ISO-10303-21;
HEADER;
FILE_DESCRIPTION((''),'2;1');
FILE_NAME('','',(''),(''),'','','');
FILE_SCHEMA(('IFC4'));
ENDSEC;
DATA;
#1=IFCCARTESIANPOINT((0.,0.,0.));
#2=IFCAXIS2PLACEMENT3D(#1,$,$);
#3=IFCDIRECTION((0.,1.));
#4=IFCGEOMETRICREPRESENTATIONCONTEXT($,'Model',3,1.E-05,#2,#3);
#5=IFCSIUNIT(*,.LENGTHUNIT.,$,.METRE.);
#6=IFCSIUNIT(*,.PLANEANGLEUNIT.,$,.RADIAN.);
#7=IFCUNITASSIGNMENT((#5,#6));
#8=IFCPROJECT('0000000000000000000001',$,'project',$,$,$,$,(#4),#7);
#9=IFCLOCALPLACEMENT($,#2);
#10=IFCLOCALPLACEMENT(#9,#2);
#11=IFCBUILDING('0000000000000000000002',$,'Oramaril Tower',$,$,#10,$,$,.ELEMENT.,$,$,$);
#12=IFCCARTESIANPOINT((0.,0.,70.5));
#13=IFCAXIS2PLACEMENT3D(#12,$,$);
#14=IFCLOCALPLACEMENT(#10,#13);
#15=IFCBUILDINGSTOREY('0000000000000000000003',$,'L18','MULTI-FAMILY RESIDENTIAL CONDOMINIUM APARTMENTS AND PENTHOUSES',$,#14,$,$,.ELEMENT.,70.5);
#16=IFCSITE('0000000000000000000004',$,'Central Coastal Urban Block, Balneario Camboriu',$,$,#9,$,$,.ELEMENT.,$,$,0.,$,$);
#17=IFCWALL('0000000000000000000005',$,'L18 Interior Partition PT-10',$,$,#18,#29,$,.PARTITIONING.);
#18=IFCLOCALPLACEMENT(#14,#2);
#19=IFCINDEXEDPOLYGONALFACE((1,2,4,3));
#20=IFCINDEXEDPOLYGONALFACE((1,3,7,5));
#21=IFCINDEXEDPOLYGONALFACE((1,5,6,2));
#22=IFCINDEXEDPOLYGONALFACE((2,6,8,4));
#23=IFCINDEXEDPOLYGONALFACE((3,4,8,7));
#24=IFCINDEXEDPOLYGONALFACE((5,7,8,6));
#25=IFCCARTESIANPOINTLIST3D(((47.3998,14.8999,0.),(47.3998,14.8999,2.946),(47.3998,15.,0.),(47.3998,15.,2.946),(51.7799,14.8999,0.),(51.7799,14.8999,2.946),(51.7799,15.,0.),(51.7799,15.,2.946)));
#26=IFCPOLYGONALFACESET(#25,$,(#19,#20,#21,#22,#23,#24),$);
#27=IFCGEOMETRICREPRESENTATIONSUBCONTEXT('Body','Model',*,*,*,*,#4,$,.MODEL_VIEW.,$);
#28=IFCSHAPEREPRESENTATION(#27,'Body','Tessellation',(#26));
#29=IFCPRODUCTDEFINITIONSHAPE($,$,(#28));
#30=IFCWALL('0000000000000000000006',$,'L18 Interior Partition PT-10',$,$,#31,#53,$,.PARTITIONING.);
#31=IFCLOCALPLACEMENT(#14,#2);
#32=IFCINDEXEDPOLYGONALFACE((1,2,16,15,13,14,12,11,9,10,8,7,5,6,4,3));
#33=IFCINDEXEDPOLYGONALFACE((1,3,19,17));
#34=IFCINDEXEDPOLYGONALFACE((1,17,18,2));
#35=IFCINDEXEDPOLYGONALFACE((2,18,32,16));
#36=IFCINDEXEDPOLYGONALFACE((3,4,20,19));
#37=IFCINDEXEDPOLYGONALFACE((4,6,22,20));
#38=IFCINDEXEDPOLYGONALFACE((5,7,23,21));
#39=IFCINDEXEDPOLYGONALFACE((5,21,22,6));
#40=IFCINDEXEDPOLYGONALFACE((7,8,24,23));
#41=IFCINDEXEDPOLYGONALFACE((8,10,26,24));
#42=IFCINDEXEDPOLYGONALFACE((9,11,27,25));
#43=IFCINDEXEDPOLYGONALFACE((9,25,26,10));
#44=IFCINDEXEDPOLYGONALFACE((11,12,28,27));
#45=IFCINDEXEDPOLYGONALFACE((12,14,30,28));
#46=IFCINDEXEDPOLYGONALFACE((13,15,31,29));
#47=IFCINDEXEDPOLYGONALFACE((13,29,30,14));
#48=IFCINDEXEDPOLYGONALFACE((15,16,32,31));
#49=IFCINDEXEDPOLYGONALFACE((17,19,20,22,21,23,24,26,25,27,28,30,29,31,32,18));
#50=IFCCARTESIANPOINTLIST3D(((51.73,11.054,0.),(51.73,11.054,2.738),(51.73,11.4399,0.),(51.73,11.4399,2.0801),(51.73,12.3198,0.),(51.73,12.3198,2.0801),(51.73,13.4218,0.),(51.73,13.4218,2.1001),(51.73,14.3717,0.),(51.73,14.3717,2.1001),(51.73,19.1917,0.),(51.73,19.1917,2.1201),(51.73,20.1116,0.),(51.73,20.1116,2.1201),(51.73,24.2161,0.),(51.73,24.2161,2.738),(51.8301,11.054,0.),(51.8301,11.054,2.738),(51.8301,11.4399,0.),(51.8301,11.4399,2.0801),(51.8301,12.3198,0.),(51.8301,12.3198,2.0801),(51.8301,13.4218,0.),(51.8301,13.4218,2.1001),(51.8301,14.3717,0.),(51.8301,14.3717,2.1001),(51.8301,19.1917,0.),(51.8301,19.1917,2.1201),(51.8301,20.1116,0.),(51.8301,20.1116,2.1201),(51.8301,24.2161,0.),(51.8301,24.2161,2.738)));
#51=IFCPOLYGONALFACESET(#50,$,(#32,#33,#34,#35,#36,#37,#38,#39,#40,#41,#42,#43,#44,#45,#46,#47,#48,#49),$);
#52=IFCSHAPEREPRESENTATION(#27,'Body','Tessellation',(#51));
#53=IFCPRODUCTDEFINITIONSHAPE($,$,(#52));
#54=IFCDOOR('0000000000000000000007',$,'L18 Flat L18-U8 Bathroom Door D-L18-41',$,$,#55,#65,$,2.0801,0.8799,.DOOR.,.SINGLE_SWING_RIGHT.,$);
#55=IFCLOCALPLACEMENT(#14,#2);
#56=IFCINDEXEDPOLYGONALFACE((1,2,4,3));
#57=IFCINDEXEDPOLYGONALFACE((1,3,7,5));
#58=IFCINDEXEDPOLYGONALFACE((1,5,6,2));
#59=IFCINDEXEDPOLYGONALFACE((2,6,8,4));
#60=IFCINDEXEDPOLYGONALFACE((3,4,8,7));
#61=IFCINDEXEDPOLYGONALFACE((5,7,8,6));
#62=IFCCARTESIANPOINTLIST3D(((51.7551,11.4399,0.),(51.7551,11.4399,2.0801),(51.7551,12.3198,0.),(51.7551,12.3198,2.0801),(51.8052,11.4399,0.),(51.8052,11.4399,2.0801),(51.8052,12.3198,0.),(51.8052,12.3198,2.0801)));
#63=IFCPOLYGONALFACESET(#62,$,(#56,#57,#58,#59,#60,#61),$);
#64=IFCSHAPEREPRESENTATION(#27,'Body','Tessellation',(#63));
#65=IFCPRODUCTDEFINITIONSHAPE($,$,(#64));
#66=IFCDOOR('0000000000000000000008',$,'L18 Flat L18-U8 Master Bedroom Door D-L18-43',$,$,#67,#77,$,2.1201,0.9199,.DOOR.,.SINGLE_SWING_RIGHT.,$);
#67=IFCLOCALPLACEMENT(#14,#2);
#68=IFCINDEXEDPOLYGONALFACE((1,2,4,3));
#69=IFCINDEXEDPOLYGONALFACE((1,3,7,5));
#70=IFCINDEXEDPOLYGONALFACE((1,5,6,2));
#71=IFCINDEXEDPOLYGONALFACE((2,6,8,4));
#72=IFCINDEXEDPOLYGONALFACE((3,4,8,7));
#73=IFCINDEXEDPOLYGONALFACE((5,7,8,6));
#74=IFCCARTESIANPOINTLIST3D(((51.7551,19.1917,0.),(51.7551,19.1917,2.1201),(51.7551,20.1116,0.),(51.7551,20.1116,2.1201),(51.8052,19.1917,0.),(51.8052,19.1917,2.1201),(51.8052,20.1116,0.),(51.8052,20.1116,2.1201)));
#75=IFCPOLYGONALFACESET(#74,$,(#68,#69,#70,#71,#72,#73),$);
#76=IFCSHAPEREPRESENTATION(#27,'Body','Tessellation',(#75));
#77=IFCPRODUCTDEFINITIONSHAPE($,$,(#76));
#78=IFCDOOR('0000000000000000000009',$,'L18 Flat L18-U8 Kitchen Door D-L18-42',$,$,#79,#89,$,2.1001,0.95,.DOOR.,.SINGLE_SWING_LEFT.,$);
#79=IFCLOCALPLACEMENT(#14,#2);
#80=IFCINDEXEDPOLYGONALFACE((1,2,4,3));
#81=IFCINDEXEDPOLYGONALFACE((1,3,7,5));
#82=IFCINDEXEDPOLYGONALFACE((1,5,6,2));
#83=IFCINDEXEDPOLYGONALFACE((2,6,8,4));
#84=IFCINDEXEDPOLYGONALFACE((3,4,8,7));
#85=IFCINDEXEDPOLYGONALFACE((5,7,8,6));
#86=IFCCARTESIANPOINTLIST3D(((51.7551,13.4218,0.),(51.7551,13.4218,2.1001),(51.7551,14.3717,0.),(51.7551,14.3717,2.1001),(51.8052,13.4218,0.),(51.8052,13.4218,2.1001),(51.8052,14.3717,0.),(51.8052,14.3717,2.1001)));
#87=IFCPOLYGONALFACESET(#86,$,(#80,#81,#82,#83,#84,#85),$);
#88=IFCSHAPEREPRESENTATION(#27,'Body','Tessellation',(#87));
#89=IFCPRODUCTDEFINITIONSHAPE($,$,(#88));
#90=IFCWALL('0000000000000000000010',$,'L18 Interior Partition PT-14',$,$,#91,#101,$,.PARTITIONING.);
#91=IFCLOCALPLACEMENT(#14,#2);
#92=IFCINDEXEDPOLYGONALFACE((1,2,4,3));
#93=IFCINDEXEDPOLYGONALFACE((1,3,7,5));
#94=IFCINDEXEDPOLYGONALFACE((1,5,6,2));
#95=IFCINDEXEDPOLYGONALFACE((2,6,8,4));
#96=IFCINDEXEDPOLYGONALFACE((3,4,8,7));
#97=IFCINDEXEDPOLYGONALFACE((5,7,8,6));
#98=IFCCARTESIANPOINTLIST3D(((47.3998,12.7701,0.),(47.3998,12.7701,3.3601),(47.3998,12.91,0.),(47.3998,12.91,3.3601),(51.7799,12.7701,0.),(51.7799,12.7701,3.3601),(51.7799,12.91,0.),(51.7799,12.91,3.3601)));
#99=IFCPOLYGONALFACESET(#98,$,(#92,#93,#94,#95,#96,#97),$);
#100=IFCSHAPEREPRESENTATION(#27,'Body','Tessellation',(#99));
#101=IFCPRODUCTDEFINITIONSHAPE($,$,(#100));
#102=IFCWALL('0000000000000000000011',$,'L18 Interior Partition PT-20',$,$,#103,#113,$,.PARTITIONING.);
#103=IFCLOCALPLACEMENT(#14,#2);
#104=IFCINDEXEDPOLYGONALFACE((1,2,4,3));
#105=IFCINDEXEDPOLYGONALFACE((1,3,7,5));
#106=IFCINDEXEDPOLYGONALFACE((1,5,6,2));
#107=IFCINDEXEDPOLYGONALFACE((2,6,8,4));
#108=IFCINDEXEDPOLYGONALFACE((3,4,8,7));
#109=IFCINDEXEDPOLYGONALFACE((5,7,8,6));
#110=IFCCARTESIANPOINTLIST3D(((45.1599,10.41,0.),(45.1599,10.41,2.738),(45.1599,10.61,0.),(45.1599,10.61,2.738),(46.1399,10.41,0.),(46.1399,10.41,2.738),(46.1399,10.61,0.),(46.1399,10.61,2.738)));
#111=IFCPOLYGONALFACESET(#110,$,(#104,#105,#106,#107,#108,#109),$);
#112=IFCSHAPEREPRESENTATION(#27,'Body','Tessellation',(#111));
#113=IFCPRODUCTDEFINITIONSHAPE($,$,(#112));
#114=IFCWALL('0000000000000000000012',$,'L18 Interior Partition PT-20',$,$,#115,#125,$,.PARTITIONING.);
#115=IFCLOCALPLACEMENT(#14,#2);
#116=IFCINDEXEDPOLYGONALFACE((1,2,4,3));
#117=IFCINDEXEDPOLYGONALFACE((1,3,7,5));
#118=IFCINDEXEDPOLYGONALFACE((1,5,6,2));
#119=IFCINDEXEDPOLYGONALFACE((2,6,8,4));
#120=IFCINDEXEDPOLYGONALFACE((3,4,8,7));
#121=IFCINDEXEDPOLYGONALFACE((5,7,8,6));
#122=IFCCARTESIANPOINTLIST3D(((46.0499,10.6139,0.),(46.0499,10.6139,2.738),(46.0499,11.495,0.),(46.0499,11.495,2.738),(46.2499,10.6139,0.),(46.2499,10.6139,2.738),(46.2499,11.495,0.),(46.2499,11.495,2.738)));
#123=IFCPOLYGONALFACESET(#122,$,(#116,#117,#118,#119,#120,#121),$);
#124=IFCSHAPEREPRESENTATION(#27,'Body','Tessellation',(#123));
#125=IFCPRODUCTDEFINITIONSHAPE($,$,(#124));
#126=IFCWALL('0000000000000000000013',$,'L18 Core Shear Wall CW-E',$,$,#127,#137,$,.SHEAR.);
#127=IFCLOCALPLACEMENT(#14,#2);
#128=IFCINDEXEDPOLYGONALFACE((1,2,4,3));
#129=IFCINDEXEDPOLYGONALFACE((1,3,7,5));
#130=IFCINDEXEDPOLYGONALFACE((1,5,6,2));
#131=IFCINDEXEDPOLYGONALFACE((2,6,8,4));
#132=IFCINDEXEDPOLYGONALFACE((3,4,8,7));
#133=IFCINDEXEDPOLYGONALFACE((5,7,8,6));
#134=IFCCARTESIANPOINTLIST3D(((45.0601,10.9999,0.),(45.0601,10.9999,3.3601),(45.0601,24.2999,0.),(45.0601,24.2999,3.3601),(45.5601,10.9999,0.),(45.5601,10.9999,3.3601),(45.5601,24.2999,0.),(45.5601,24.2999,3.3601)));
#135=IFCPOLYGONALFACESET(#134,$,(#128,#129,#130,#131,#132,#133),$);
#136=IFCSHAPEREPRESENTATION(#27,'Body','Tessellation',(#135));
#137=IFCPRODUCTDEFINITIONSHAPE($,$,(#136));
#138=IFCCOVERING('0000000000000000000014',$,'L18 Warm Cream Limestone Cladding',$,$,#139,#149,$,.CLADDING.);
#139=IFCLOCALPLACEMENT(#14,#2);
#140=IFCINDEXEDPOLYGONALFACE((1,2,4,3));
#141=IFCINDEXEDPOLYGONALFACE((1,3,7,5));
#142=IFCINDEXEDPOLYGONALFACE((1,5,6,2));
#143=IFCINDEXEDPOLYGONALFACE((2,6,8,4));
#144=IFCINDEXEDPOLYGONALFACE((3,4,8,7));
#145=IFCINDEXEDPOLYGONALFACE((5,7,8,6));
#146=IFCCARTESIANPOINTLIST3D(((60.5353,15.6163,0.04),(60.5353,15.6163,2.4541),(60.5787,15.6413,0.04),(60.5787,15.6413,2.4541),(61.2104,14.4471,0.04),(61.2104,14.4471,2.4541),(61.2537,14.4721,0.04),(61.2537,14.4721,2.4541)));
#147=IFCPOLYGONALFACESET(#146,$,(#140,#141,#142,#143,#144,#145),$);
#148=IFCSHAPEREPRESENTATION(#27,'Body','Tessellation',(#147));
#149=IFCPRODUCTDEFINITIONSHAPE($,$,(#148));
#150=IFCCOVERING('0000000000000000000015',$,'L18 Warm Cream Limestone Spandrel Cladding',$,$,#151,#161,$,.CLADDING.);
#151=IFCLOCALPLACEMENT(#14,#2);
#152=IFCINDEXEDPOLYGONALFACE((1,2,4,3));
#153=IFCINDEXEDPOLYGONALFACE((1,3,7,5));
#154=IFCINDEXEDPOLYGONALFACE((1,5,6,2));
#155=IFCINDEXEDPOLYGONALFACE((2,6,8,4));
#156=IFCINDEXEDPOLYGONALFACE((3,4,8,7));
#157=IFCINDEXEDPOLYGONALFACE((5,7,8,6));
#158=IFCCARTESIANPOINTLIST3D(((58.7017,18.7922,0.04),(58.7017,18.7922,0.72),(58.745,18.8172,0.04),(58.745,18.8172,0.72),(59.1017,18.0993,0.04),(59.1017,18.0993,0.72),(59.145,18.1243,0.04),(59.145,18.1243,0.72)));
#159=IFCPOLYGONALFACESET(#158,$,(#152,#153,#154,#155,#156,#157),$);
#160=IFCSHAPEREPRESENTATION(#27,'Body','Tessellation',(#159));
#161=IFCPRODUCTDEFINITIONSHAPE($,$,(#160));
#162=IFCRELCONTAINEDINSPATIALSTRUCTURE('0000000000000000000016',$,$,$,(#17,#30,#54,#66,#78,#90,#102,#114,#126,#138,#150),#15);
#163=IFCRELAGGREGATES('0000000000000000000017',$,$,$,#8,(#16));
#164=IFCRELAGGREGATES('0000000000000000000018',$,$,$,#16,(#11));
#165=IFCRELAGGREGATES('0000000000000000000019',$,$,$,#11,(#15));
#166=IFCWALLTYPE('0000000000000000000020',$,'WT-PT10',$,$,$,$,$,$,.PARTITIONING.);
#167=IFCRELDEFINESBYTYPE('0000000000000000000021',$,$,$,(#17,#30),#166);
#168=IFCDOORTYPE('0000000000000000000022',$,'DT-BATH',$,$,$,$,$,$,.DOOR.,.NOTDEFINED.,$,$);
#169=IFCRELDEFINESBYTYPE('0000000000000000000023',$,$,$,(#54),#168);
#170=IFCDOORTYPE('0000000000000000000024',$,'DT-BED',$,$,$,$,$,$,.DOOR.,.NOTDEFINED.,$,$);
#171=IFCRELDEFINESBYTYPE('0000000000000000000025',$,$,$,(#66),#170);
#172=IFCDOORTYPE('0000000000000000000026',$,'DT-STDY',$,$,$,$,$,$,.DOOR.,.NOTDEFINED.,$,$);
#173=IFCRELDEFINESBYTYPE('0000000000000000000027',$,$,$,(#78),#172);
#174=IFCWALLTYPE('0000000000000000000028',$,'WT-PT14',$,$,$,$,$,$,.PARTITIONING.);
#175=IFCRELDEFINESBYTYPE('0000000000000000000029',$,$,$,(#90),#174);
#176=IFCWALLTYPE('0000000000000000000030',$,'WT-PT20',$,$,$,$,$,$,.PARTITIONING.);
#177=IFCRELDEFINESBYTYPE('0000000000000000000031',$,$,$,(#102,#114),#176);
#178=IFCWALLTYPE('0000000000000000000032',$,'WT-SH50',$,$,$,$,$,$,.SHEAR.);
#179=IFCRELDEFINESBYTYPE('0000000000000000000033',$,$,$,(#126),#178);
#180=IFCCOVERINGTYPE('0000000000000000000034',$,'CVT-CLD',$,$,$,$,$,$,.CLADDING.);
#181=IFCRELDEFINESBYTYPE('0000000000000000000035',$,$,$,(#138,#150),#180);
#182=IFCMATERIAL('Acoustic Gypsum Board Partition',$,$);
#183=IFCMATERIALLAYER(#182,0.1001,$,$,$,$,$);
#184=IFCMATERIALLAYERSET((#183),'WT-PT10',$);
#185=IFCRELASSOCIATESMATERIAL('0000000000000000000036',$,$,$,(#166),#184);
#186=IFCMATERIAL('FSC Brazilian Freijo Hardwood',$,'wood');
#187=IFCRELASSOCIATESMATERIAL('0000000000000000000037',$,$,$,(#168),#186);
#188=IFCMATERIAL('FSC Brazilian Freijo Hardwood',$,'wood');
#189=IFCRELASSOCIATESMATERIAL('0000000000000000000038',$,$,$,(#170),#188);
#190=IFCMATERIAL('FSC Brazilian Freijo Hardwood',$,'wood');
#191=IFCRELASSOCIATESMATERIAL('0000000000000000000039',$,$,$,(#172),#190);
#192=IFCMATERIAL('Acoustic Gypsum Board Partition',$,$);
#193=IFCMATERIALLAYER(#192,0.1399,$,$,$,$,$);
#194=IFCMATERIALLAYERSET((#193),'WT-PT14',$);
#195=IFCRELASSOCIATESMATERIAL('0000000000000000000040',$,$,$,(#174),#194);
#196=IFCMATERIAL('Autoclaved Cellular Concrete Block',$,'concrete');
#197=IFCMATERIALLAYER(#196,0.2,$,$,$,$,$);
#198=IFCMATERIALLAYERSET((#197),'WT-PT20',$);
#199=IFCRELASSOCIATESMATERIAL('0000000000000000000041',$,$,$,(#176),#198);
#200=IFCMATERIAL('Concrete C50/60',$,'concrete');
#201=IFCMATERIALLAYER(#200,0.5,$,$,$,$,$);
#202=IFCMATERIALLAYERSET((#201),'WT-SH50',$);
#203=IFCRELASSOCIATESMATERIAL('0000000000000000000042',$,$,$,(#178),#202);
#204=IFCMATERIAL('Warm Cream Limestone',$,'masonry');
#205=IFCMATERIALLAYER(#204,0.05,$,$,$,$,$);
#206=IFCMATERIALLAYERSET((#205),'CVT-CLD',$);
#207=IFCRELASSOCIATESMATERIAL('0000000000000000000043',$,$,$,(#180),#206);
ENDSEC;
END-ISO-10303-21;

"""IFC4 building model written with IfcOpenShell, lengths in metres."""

from ifc_helpers import new_model, si_unit, direction, frame, frame_2d, origin, origin_2d, place, context, subcontext, project, spatial, rectangle, extrude, material, layer, layer_set, type_object, element, fill, save


model = new_model("IFC4")

# Units and contexts
model_context = context("Model", 3, precision=1e-05, world=origin(), true_north=direction((0.0, 1.0)))
body_context = subcontext(model_context, "Body", "Model", "MODEL_VIEW")
ifc_project = project(units=[si_unit("LENGTHUNIT", "METRE"), si_unit("PLANEANGLEUNIT", "RADIAN")], contexts=[model_context])

# Site, building, storey
site_placement = place(None, origin())
site = spatial("IfcSite", under=ifc_project, at=site_placement, Name="Central Coastal Urban Block, Balneario Camboriu", CompositionType="ELEMENT", RefElevation=0.0)
building_placement = place(site_placement, origin())
building = spatial("IfcBuilding", under=site, at=building_placement, Name="Oramaril Tower", CompositionType="ELEMENT")
storey_placement = place(building_placement, frame((0.0, 0.0, 70.5)))
storey = spatial("IfcBuildingStorey", under=building, at=storey_placement, Name="L18", Description="MULTI-FAMILY RESIDENTIAL CONDOMINIUM APARTMENTS AND PENTHOUSES", CompositionType="ELEMENT", Elevation=70.5)

# Wall
ifc_material_1 = material(Name="Acoustic Gypsum Board Partition")
ifc_layer_1 = layer(ifc_material_1, 0.1001)
ifc_layer_set_1 = layer_set([ifc_layer_1], Name="WT-PT10")
wall_type_1 = type_object("IfcWallType", Name="WT-PT10", PredefinedType="PARTITIONING", material=ifc_layer_set_1)
wall_1_placement = place(storey_placement, frame((47.3999, 14.95, 0.0), z_axis=(0.0, 0.0, 1.0), x_axis=(1.0, 0.0, 0.0)))
element("IfcWall", 1, at=wall_1_placement, inside=storey, type_object=wall_type_1, Name="L18 Interior Partition PT-10", PredefinedType="PARTITIONING", context=body_context, shape_type="SweptSolid", body=[
    extrude(rectangle(XDim=4.3801, YDim=0.1001, at=frame_2d((2.1899, 0.0))), origin(), (0.0, 0.0, 1.0), 2.946),
])

# Wall, openings, doors
wall_2_placement = place(storey_placement, frame((51.78, 11.054, 0.0), z_axis=(0.0, 0.0, 1.0), x_axis=(0.0, 1.0, 0.0)))
wall_2 = element("IfcWall", 2, at=wall_2_placement, inside=storey, type_object=wall_type_1, Name="L18 Interior Partition PT-10", PredefinedType="PARTITIONING", context=body_context, shape_type="SweptSolid", body=[
    extrude(rectangle(XDim=13.1621, YDim=0.1001, at=frame_2d((6.5811, 0.0))), origin(), (0.0, 0.0, 1.0), 2.738),
])
opening_1_placement = place(wall_2_placement, frame((0.386, 0.0, 0.0)))
opening_1 = element("IfcOpeningElement", 3, at=opening_1_placement, cuts=wall_2, PredefinedType="OPENING", context=body_context, shape_type="SweptSolid", body=[
    extrude(rectangle(XDim=0.8799, YDim=2.0801, at=frame_2d((0.4399, 1.04))), frame((0.0, 0.05, 0.0), z_axis=(0.0, -1.0, 0.0), x_axis=(1.0, 0.0, 0.0)), (0.0, 0.0, 1.0), 0.1001),
])
opening_2_placement = place(wall_2_placement, frame((2.3677, 0.0, 0.0)))
opening_2 = element("IfcOpeningElement", 4, at=opening_2_placement, cuts=wall_2, PredefinedType="OPENING", context=body_context, shape_type="SweptSolid", body=[
    extrude(rectangle(XDim=0.95, YDim=2.1001, at=frame_2d((0.4751, 1.05))), frame((0.0, 0.05, 0.0), z_axis=(0.0, -1.0, 0.0), x_axis=(1.0, 0.0, 0.0)), (0.0, 0.0, 1.0), 0.1001),
])
opening_3_placement = place(wall_2_placement, frame((8.1377, 0.0, 0.0)))
opening_3 = element("IfcOpeningElement", 5, at=opening_3_placement, cuts=wall_2, PredefinedType="OPENING", context=body_context, shape_type="SweptSolid", body=[
    extrude(rectangle(XDim=0.9199, YDim=2.1201, at=frame_2d((0.46, 1.0601))), frame((0.0, 0.05, 0.0), z_axis=(0.0, -1.0, 0.0), x_axis=(1.0, 0.0, 0.0)), (0.0, 0.0, 1.0), 0.1001),
])
ifc_material_2 = material(Name="FSC Brazilian Freijo Hardwood", Category="wood")
door_type_1 = type_object("IfcDoorType", Name="DT-BATH", OperationType="NOTDEFINED", PredefinedType="DOOR", material=ifc_material_2)
door_1_placement = place(opening_1_placement, origin())
door_1 = element("IfcDoor", 6, at=door_1_placement, inside=storey, type_object=door_type_1, Name="L18 Flat L18-U8 Bathroom Door D-L18-41", OperationType="SINGLE_SWING_RIGHT", OverallHeight=2.0801, OverallWidth=0.8799, PredefinedType="DOOR", context=body_context, shape_type="SweptSolid", body=[
    extrude(rectangle(XDim=0.8799, YDim=2.0801, at=frame_2d((0.4399, 1.04))), frame((0.0, 0.0249, 0.0), z_axis=(0.0, -1.0, 0.0), x_axis=(1.0, 0.0, 0.0)), (0.0, 0.0, 1.0), 0.05),
])
fill(opening_1, door_1)
ifc_material_3 = material(Name="FSC Brazilian Freijo Hardwood", Category="wood")
door_type_2 = type_object("IfcDoorType", Name="DT-BED", OperationType="NOTDEFINED", PredefinedType="DOOR", material=ifc_material_3)
door_2_placement = place(opening_3_placement, origin())
door_2 = element("IfcDoor", 7, at=door_2_placement, inside=storey, type_object=door_type_2, Name="L18 Flat L18-U8 Master Bedroom Door D-L18-43", OperationType="SINGLE_SWING_RIGHT", OverallHeight=2.1201, OverallWidth=0.9199, PredefinedType="DOOR", context=body_context, shape_type="SweptSolid", body=[
    extrude(rectangle(XDim=0.9199, YDim=2.1201, at=frame_2d((0.46, 1.0601))), frame((0.0, 0.0249, 0.0), z_axis=(0.0, -1.0, 0.0), x_axis=(1.0, 0.0, 0.0)), (0.0, 0.0, 1.0), 0.05),
])
fill(opening_3, door_2)
ifc_material_4 = material(Name="FSC Brazilian Freijo Hardwood", Category="wood")
door_type_3 = type_object("IfcDoorType", Name="DT-STDY", OperationType="NOTDEFINED", PredefinedType="DOOR", material=ifc_material_4)
door_3_placement = place(opening_2_placement, origin())
door_3 = element("IfcDoor", 8, at=door_3_placement, inside=storey, type_object=door_type_3, Name="L18 Flat L18-U8 Kitchen Door D-L18-42", OperationType="SINGLE_SWING_LEFT", OverallHeight=2.1001, OverallWidth=0.95, PredefinedType="DOOR", context=body_context, shape_type="SweptSolid", body=[
    extrude(rectangle(XDim=0.95, YDim=2.1001, at=frame_2d((0.4751, 1.05))), frame((0.0, 0.0249, 0.0), z_axis=(0.0, -1.0, 0.0), x_axis=(1.0, 0.0, 0.0)), (0.0, 0.0, 1.0), 0.05),
])
fill(opening_2, door_3)

# Walls
ifc_material_5 = material(Name="Acoustic Gypsum Board Partition")
ifc_layer_2 = layer(ifc_material_5, 0.1399)
ifc_layer_set_2 = layer_set([ifc_layer_2], Name="WT-PT14")
wall_type_2 = type_object("IfcWallType", Name="WT-PT14", PredefinedType="PARTITIONING", material=ifc_layer_set_2)
wall_3_placement = place(storey_placement, frame((47.3999, 12.8401, 0.0), z_axis=(0.0, 0.0, 1.0), x_axis=(1.0, 0.0, 0.0)))
element("IfcWall", 9, at=wall_3_placement, inside=storey, type_object=wall_type_2, Name="L18 Interior Partition PT-14", PredefinedType="PARTITIONING", context=body_context, shape_type="SweptSolid", body=[
    extrude(rectangle(XDim=4.3801, YDim=0.1399, at=frame_2d((2.1899, 0.0))), origin(), (0.0, 0.0, 1.0), 3.3601),
])
ifc_material_6 = material(Name="Autoclaved Cellular Concrete Block", Category="concrete")
ifc_layer_3 = layer(ifc_material_6, 0.2)
ifc_layer_set_3 = layer_set([ifc_layer_3], Name="WT-PT20")
wall_type_3 = type_object("IfcWallType", Name="WT-PT20", PredefinedType="PARTITIONING", material=ifc_layer_set_3)
wall_4_placement = place(storey_placement, frame((45.1599, 10.51, 0.0), z_axis=(0.0, 0.0, 1.0), x_axis=(1.0, 0.0, 0.0)))
element("IfcWall", 10, at=wall_4_placement, inside=storey, type_object=wall_type_3, Name="L18 Interior Partition PT-20", PredefinedType="PARTITIONING", context=body_context, shape_type="SweptSolid", body=[
    extrude(rectangle(XDim=0.98, YDim=0.2, at=frame_2d((0.49, 0.0))), origin(), (0.0, 0.0, 1.0), 2.738),
])

# Wall
wall_5_placement = place(storey_placement, frame((46.1499, 10.614, 0.0), z_axis=(0.0, 0.0, 1.0), x_axis=(0.0, 1.0, 0.0)))
element("IfcWall", 11, at=wall_5_placement, inside=storey, type_object=wall_type_3, Name="L18 Interior Partition PT-20", PredefinedType="PARTITIONING", context=body_context, shape_type="SweptSolid", body=[
    extrude(rectangle(XDim=0.8811, YDim=0.2, at=frame_2d((0.4404, 0.0))), origin(), (0.0, 0.0, 1.0), 2.738),
])

# Wall
ifc_material_7 = material(Name="Concrete C50/60", Category="concrete")
ifc_layer_4 = layer(ifc_material_7, 0.5)
ifc_layer_set_4 = layer_set([ifc_layer_4], Name="WT-SH50")
wall_type_4 = type_object("IfcWallType", Name="WT-SH50", PredefinedType="SHEAR", material=ifc_layer_set_4)
wall_6_placement = place(storey_placement, frame((45.3101, 11.0, 0.0), z_axis=(0.0, 0.0, 1.0), x_axis=(0.0, 1.0, 0.0)))
element("IfcWall", 12, at=wall_6_placement, inside=storey, type_object=wall_type_4, Name="L18 Core Shear Wall CW-E", PredefinedType="SHEAR", context=body_context, shape_type="SweptSolid", body=[
    extrude(rectangle(XDim=13.3, YDim=0.5, at=frame_2d((6.6499, 0.0))), origin(), (0.0, 0.0, 1.0), 3.3601),
])

# Coverings
ifc_material_8 = material(Name="Warm Cream Limestone", Category="masonry")
ifc_layer_5 = layer(ifc_material_8, 0.05)
ifc_layer_set_5 = layer_set([ifc_layer_5], Name="CVT-CLD")
covering_type = type_object("IfcCoveringType", Name="CVT-CLD", PredefinedType="CLADDING", material=ifc_layer_set_5)
covering_1_placement = place(storey_placement, frame((60.8945, 15.0442, 0.04), z_axis=(0.0, 0.0, 1.0), x_axis=(-0.5, 0.866025, 0.0)))
element("IfcCovering", 13, at=covering_1_placement, inside=storey, type_object=covering_type, Name="L18 Warm Cream Limestone Cladding", PredefinedType="CLADDING", context=body_context, shape_type="SweptSolid", body=[
    extrude(rectangle(XDim=1.3501, YDim=0.05, at=origin_2d()), origin(), (0.0, 0.0, 1.0), 2.4141),
])
covering_2_placement = place(storey_placement, frame((58.9233, 18.4583, 0.04), z_axis=(0.0, 0.0, 1.0), x_axis=(-0.5, 0.866025, 0.0)))
element("IfcCovering", 14, at=covering_2_placement, inside=storey, type_object=covering_type, Name="L18 Warm Cream Limestone Spandrel Cladding", PredefinedType="CLADDING", context=body_context, shape_type="SweptSolid", body=[
    extrude(rectangle(XDim=0.8, YDim=0.05, at=origin_2d()), origin(), (0.0, 0.0, 1.0), 0.6799),
])

save(model, "model.ifc")
